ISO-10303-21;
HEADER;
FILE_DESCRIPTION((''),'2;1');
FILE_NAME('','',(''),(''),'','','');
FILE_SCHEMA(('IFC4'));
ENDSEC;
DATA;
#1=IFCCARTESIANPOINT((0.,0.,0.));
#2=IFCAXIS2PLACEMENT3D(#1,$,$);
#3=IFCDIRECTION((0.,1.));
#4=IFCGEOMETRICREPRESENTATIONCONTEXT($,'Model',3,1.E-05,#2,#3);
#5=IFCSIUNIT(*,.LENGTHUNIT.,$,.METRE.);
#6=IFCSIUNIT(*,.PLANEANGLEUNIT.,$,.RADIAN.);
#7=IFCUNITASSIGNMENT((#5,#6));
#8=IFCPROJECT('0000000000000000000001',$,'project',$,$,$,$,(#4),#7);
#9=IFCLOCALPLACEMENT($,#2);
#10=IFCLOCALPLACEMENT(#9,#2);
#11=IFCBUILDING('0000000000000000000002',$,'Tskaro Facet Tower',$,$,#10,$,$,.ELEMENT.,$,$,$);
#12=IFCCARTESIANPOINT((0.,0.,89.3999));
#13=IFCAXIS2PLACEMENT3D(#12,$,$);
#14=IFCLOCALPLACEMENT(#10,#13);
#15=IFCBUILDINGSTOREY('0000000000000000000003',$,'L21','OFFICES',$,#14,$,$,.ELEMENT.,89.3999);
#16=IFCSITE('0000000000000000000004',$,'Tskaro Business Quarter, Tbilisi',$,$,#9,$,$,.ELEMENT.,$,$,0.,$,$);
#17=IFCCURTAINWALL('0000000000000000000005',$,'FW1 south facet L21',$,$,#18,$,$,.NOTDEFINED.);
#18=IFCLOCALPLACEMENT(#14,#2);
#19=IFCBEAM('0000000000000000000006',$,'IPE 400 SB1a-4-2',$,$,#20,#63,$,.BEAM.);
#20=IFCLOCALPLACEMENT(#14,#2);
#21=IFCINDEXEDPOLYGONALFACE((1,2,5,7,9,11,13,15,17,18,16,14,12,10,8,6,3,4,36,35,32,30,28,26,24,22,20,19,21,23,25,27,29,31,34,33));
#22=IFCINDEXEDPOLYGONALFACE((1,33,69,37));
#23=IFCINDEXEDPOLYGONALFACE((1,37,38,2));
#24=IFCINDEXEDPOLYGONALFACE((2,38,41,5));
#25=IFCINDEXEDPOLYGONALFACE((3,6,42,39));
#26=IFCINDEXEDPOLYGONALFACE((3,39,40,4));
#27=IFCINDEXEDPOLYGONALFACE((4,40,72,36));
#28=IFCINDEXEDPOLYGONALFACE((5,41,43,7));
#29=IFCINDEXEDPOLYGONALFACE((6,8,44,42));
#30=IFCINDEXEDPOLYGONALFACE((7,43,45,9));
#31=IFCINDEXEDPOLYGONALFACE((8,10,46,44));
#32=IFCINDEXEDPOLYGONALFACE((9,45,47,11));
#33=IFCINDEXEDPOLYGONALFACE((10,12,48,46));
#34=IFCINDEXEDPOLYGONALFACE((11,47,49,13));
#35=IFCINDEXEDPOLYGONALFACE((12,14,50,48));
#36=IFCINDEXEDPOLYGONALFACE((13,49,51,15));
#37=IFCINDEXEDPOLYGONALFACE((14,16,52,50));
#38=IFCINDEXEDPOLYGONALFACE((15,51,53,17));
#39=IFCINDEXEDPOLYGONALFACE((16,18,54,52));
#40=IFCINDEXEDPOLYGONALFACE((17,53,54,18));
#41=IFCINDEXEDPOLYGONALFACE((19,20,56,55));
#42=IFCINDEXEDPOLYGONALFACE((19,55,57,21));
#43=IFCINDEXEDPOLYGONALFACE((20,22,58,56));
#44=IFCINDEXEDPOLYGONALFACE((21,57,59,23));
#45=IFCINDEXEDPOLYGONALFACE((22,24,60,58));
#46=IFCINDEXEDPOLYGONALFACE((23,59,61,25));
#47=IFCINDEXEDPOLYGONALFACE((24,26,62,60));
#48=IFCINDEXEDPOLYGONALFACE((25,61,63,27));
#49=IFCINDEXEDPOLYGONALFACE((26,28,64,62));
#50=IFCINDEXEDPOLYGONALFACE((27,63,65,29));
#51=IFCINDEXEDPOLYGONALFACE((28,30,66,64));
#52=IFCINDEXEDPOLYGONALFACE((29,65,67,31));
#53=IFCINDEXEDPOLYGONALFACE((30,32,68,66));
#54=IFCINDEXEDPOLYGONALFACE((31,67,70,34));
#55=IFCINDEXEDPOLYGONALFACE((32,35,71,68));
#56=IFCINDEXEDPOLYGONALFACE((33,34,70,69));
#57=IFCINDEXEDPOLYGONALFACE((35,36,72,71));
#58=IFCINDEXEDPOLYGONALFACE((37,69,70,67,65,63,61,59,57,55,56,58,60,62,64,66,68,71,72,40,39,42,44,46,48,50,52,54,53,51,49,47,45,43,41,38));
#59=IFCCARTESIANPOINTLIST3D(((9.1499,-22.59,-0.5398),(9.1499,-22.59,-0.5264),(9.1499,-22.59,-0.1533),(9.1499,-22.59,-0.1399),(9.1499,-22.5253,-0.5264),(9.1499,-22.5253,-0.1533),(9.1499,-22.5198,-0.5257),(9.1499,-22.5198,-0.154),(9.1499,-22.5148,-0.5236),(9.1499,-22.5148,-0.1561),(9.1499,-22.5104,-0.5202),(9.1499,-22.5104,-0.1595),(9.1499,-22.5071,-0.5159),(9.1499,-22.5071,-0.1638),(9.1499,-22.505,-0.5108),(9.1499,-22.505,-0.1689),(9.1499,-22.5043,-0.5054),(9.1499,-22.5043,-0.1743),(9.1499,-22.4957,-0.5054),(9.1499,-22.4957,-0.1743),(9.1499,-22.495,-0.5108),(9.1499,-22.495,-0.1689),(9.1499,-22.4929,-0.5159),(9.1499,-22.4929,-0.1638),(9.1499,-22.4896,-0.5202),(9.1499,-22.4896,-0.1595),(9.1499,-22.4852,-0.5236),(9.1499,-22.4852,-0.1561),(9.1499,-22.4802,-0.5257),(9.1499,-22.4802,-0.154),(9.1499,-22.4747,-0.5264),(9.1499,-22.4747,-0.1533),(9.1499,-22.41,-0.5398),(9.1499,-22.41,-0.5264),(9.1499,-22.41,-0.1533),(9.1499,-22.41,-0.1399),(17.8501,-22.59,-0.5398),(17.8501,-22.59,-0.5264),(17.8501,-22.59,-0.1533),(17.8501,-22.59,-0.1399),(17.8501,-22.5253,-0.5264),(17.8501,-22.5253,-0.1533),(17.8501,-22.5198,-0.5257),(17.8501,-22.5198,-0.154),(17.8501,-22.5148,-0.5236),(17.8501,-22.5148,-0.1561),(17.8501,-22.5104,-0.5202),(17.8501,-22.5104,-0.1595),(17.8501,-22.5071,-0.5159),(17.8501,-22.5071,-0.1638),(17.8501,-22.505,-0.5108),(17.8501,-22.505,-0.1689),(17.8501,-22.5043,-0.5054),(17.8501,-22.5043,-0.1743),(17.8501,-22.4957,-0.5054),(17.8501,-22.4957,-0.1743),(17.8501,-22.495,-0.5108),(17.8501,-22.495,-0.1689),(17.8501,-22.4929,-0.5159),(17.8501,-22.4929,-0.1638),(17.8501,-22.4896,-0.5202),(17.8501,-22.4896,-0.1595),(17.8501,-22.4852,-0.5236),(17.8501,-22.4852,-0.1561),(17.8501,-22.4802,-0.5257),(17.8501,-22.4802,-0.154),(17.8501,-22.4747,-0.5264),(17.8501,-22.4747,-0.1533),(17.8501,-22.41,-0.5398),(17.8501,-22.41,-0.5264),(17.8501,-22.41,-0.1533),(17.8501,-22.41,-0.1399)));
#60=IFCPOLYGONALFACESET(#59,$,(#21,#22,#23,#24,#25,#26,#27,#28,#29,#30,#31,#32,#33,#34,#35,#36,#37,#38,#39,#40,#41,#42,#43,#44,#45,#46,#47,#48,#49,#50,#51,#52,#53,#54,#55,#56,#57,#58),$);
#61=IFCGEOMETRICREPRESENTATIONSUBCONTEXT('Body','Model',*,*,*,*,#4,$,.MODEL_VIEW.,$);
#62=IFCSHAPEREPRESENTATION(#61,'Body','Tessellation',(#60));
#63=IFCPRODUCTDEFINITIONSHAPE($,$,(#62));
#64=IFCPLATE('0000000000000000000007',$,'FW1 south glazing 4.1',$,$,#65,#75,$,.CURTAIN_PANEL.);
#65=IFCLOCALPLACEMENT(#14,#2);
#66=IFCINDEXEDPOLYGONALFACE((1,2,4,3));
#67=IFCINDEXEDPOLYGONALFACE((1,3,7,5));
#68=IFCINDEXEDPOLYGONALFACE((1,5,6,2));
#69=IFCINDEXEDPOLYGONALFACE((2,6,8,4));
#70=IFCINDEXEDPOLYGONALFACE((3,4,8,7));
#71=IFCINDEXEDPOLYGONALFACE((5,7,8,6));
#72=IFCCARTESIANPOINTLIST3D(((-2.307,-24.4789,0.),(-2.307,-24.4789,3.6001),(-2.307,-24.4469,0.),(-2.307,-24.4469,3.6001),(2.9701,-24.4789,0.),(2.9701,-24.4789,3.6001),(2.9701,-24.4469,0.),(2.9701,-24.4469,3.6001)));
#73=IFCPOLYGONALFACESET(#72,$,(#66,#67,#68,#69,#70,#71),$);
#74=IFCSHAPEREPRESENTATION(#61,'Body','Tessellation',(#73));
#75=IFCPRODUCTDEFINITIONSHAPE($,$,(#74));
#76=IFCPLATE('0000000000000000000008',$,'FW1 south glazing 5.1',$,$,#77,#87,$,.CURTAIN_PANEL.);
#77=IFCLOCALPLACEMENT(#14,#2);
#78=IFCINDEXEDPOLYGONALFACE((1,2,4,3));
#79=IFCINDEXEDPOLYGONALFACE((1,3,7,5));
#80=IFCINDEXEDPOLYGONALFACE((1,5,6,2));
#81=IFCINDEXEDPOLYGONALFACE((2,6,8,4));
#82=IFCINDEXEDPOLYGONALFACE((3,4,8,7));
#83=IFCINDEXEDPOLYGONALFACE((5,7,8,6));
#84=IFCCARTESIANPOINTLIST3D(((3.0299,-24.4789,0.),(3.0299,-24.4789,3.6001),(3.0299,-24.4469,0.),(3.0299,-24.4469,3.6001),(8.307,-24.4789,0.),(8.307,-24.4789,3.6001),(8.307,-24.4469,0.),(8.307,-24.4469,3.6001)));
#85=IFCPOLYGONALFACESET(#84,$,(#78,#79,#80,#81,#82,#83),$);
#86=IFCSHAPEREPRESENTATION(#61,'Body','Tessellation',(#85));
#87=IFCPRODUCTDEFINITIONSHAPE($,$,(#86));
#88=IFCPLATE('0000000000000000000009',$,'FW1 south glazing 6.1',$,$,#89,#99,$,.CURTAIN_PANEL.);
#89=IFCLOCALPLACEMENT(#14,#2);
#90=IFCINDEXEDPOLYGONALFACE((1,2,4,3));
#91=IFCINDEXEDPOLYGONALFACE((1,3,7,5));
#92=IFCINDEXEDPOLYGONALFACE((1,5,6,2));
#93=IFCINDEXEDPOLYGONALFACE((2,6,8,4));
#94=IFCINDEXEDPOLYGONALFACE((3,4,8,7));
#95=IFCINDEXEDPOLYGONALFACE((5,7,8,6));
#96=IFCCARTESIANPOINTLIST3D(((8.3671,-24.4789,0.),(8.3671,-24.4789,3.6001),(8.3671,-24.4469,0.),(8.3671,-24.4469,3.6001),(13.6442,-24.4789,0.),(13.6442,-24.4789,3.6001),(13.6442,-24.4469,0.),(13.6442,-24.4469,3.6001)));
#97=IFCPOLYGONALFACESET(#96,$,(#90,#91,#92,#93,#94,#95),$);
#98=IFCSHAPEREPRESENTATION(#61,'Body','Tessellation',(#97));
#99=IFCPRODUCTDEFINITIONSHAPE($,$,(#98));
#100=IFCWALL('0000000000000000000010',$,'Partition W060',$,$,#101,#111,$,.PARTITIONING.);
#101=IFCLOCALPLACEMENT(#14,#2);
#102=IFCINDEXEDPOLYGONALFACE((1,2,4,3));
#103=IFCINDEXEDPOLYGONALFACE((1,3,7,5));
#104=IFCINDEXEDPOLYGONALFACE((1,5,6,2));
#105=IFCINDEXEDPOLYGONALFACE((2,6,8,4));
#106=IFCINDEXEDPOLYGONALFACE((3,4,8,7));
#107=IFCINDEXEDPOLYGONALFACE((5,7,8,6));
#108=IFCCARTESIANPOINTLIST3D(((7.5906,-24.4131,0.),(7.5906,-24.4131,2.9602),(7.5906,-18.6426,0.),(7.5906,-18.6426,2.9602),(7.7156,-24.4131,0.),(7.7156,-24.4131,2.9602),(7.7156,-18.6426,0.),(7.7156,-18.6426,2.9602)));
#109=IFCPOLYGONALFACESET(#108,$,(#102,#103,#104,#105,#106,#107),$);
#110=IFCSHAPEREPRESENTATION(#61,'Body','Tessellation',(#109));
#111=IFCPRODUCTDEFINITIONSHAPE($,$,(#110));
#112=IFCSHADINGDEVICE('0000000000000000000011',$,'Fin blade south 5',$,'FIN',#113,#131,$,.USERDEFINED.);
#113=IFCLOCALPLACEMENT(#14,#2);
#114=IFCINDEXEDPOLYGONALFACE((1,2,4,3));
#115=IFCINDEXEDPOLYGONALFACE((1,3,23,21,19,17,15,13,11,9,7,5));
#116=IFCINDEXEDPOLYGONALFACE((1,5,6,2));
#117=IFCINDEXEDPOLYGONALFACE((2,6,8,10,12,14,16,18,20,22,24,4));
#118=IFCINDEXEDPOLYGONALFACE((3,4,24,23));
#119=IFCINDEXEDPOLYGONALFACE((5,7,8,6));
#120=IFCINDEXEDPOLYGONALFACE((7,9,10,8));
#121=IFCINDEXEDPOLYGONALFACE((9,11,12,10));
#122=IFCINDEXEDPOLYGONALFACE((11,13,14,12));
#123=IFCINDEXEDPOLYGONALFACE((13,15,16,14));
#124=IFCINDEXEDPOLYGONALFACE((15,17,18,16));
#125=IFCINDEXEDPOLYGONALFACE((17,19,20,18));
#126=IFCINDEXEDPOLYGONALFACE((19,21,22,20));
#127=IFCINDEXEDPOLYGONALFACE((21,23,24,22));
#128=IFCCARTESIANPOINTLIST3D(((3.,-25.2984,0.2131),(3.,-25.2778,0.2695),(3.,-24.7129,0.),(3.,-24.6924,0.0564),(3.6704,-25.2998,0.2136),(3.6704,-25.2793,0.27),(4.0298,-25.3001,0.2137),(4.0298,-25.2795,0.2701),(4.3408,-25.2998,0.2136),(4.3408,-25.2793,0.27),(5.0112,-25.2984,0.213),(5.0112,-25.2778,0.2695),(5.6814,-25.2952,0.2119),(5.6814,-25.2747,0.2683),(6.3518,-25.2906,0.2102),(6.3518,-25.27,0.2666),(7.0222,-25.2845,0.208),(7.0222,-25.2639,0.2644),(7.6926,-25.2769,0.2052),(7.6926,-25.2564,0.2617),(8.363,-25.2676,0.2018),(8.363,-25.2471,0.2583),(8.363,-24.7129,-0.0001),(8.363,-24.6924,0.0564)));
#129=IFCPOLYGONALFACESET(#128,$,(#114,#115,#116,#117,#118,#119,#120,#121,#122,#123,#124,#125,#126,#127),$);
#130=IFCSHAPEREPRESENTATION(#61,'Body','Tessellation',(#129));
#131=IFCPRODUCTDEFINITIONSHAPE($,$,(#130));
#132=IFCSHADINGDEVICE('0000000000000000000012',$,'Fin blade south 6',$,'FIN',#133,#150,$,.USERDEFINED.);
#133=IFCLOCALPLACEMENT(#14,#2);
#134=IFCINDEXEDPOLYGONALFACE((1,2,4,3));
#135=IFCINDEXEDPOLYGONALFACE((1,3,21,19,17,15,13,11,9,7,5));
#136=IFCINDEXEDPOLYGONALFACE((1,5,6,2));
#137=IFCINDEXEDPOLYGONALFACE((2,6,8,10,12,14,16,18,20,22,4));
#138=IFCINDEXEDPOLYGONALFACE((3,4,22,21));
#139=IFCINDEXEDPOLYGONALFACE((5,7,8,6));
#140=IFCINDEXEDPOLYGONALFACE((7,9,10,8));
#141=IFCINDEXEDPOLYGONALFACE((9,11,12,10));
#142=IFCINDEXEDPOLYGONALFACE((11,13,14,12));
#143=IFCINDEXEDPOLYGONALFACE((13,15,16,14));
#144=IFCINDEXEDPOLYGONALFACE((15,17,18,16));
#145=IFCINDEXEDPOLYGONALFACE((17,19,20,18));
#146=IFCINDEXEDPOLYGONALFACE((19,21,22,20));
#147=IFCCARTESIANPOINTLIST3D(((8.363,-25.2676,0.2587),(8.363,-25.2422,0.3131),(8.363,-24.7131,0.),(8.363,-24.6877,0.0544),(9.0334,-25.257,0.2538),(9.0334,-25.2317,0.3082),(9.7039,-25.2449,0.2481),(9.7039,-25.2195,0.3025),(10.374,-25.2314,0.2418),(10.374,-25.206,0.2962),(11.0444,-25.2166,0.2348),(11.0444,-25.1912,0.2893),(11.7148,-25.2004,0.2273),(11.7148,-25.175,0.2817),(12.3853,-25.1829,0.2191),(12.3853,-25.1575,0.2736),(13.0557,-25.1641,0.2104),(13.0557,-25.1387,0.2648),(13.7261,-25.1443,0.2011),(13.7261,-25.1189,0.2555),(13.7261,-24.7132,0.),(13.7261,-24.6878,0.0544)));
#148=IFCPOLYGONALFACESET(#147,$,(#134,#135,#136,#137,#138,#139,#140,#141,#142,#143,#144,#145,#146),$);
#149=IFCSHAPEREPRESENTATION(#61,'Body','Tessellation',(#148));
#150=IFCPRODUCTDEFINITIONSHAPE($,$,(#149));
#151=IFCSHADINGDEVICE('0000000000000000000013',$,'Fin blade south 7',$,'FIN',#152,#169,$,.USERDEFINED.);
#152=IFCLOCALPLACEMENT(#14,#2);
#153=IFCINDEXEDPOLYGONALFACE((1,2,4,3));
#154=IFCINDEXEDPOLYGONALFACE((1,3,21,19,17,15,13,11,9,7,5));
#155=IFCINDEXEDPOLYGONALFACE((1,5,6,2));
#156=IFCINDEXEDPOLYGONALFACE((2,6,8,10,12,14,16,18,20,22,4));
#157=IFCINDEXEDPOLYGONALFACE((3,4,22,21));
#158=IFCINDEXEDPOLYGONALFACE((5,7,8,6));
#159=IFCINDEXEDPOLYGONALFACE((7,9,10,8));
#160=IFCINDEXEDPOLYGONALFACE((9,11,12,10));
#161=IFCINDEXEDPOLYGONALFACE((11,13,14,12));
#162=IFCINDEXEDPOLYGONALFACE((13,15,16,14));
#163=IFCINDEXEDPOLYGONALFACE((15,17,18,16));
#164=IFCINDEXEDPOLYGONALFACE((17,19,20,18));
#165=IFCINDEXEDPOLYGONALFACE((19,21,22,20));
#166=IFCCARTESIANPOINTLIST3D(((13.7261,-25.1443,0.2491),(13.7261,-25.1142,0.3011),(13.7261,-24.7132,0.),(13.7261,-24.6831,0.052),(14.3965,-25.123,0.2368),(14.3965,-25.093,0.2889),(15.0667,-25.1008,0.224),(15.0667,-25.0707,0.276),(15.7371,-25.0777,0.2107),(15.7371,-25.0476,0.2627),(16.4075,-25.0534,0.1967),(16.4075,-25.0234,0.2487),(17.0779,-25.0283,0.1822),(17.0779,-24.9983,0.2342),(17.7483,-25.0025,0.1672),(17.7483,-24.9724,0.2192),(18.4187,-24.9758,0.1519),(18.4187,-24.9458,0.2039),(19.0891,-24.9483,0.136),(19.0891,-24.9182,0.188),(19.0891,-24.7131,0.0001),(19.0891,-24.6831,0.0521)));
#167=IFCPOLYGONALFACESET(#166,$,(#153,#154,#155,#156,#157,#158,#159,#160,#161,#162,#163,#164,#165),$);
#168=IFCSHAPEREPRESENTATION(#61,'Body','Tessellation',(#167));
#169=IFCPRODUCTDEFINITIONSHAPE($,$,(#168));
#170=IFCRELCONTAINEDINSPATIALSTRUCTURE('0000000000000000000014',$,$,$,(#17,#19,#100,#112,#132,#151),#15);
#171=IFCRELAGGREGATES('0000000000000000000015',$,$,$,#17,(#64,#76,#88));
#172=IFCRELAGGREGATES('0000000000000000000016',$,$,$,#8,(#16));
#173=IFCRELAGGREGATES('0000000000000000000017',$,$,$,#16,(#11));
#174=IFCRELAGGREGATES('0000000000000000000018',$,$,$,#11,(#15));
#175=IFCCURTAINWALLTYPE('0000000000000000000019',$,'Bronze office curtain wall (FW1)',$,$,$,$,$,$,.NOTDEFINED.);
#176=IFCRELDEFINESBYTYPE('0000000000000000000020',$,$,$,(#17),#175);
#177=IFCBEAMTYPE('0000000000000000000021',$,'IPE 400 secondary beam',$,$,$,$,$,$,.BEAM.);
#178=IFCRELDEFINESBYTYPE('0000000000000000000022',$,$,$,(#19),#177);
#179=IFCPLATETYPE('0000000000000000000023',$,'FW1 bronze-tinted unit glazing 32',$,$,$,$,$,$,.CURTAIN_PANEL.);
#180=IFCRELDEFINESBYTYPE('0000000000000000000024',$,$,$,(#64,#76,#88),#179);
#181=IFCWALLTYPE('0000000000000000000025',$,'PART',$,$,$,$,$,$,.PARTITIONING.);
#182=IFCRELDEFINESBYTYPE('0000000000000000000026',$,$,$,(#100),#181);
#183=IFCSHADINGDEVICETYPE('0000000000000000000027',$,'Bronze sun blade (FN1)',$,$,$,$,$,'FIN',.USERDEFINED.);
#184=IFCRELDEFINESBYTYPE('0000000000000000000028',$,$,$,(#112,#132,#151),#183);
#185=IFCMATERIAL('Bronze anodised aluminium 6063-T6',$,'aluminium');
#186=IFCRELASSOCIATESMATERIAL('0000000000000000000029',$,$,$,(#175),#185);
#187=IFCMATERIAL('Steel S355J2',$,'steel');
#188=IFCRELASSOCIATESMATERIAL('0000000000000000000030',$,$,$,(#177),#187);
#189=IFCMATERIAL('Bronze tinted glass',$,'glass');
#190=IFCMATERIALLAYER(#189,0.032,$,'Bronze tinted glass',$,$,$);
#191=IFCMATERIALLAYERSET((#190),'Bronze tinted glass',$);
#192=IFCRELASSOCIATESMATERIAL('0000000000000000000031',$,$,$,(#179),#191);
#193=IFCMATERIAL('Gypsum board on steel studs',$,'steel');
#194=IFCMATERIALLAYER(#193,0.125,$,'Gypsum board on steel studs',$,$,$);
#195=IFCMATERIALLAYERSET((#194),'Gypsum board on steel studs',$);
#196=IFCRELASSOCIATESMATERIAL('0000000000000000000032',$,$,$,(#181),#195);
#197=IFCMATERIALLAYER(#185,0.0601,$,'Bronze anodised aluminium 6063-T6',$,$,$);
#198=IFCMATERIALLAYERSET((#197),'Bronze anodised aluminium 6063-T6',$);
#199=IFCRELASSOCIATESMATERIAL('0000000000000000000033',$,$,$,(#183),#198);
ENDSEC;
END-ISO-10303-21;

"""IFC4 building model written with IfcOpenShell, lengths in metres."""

from ifc_helpers import new_model, si_unit, direction, frame, frame_2d, origin, origin_2d, place, context, subcontext, project, spatial, polyline, rectangle, i_section, outline, extrude, material, layer, layer_set, material_profile, profile_set, type_object, element, aggregate, save


model = new_model("IFC4")

# Units and contexts
model_context = context("Model", 3, precision=1e-05, world=origin(), true_north=direction((0.0, 1.0)))
body_context = subcontext(model_context, "Body", "Model", "MODEL_VIEW")
ifc_project = project(units=[si_unit("LENGTHUNIT", "METRE"), si_unit("PLANEANGLEUNIT", "RADIAN")], contexts=[model_context])

# Site, building, storey
site_placement = place(None, origin())
site = spatial("IfcSite", under=ifc_project, at=site_placement, Name="Tskaro Business Quarter, Tbilisi", CompositionType="ELEMENT", RefElevation=0.0)
building_placement = place(site_placement, origin())
building = spatial("IfcBuilding", under=site, at=building_placement, Name="Tskaro Facet Tower", CompositionType="ELEMENT")
storey_placement = place(building_placement, frame((0.0, 0.0, 89.3999)))
storey = spatial("IfcBuildingStorey", under=building, at=storey_placement, Name="L21", Description="OFFICES", CompositionType="ELEMENT", Elevation=89.3999)

# Curtain wall
ifc_material_1 = material(Name="Bronze anodised aluminium 6063-T6", Category="aluminium")
curtain_wall_type = type_object("IfcCurtainWallType", Name="Bronze office curtain wall (FW1)", PredefinedType="NOTDEFINED", material=ifc_material_1)
curtain_wall_placement = place(storey_placement, origin())
curtain_wall = element("IfcCurtainWall", 1, at=curtain_wall_placement, inside=storey, type_object=curtain_wall_type, Name="FW1 south facet L21", PredefinedType="NOTDEFINED")

# Beam
ifc_material_2 = material(Name="Steel S355J2", Category="steel")
ifc_material_profile_1 = material_profile(ifc_material_2, i_section(OverallWidth=0.1799, OverallDepth=0.3999, WebThickness=0.0085, FlangeThickness=0.0134, FilletRadius=0.021, at=origin_2d()), Name="IPE 400")
ifc_profile_set_1 = profile_set([ifc_material_profile_1], Name="Steel S355J2")
beam_type_1 = type_object("IfcBeamType", Name="IPE 400 secondary beam", PredefinedType="BEAM", material=ifc_profile_set_1)
for number, where, z_axis, x_axis, name in (
    (2, (9.1499, -22.5, -0.3398), (1.0, 0.0, 0.0), (0.0, 1.0, 0.0), "IPE 400 SB1a-4-2"),
):
    element("IfcBeam", number, at=place(storey_placement, frame(where, z_axis=z_axis, x_axis=x_axis)), inside=storey, type_object=beam_type_1, Name=name, PredefinedType="BEAM", context=body_context, shape_type="SweptSolid", body=[
        extrude(i_section(OverallWidth=0.1799, OverallDepth=0.3999, WebThickness=0.0085, FlangeThickness=0.0134, FilletRadius=0.021, at=origin_2d()), origin(), (0.0, 0.0, 1.0), 8.7002),
    ])

# Plates
ifc_material_3 = material(Name="Bronze tinted glass", Category="glass")
ifc_layer_1 = layer(ifc_material_3, 0.032, Name="Bronze tinted glass")
ifc_layer_set_1 = layer_set([ifc_layer_1], Name="Bronze tinted glass")
plate_type = type_object("IfcPlateType", Name="FW1 bronze-tinted unit glazing 32", PredefinedType="CURTAIN_PANEL", material=ifc_layer_set_1)
plate_1_placement = place(storey_placement, frame((0.3315, -24.4629, 0.0), z_axis=(0.0, 0.0, 1.0), x_axis=(1.0, 0.0, 0.0)))
plate_1 = element("IfcPlate", 3, at=plate_1_placement, type_object=plate_type, Name="FW1 south glazing 4.1", PredefinedType="CURTAIN_PANEL", context=body_context, shape_type="SweptSolid", body=[
    extrude(rectangle(XDim=5.2771, YDim=0.032, at=origin_2d()), origin(), (0.0, 0.0, 1.0), 3.6001),
])
plate_2_placement = place(storey_placement, frame((5.6685, -24.4629, 0.0), z_axis=(0.0, 0.0, 1.0), x_axis=(1.0, 0.0, 0.0)))
plate_2 = element("IfcPlate", 4, at=plate_2_placement, type_object=plate_type, Name="FW1 south glazing 5.1", PredefinedType="CURTAIN_PANEL", context=body_context, shape_type="SweptSolid", body=[
    extrude(rectangle(XDim=5.2771, YDim=0.032, at=origin_2d()), origin(), (0.0, 0.0, 1.0), 3.6001),
])
plate_3_placement = place(storey_placement, frame((11.0056, -24.4629, 0.0), z_axis=(0.0, 0.0, 1.0), x_axis=(1.0, 0.0, 0.0)))
plate_3 = element("IfcPlate", 5, at=plate_3_placement, type_object=plate_type, Name="FW1 south glazing 6.1", PredefinedType="CURTAIN_PANEL", context=body_context, shape_type="SweptSolid", body=[
    extrude(rectangle(XDim=5.2771, YDim=0.032, at=origin_2d()), origin(), (0.0, 0.0, 1.0), 3.6001),
])
aggregate(curtain_wall, [plate_1, plate_2, plate_3])

# Wall
ifc_material_4 = material(Name="Gypsum board on steel studs", Category="steel")
ifc_layer_2 = layer(ifc_material_4, 0.125, Name="Gypsum board on steel studs")
ifc_layer_set_2 = layer_set([ifc_layer_2], Name="Gypsum board on steel studs")
wall_type = type_object("IfcWallType", Name="PART", PredefinedType="PARTITIONING", material=ifc_layer_set_2)
wall_placement = place(storey_placement, frame((7.6531, -24.4131, 0.0), z_axis=(0.0, 0.0, 1.0), x_axis=(0.0, 1.0, 0.0)))
element("IfcWall", 6, at=wall_placement, inside=storey, type_object=wall_type, Name="Partition W060", PredefinedType="PARTITIONING", context=body_context, shape_type="SweptSolid", body=[
    extrude(rectangle(XDim=5.7705, YDim=0.125, at=frame_2d((2.8853, 0.0))), origin(), (0.0, 0.0, 1.0), 2.9602),
])

# Shading devices
ifc_layer_3 = layer(ifc_material_1, 0.0601, Name="Bronze anodised aluminium 6063-T6")
ifc_layer_set_3 = layer_set([ifc_layer_3], Name="Bronze anodised aluminium 6063-T6")
shading_device_type = type_object("IfcShadingDeviceType", Name="Bronze sun blade (FN1)", ElementType="FIN", PredefinedType="USERDEFINED", material=ifc_layer_set_3)
shading_device_1_placement = place(storey_placement, frame((3.0, -24.6924, 0.0564), z_axis=(0.000003, 0.342026, 0.939691), x_axis=(1.0, -0.000001, -0.000003)))
element("IfcShadingDevice", 7, at=shading_device_1_placement, inside=storey, type_object=shading_device_type, Name="Fin blade south 5", ObjectType="FIN", PredefinedType="USERDEFINED", context=body_context, shape_type="SweptSolid", body=[
    extrude(outline(polyline([(0.0, 0.0), (5.363, 0.0), (5.363, -0.5903), (4.6926, -0.6002), (4.0222, -0.6082), (3.3518, -0.6147), (2.6814, -0.6196), (2.0112, -0.623), (1.3408, -0.6246), (1.0298, -0.6248), (0.6704, -0.6246), (0.0, -0.623), (0.0, 0.0)])), origin(), (0.0, 0.0, -1.0), 0.0601),
])
shading_device_2_placement = place(storey_placement, frame((8.363, -24.6877, 0.0544), z_axis=(0.00001, 0.422778, 0.906233), x_axis=(1.0, -0.000004, -0.000009)))
element("IfcShadingDevice", 8, at=shading_device_2_placement, inside=storey, type_object=shading_device_type, Name="Fin blade south 6", ObjectType="FIN", PredefinedType="USERDEFINED", context=body_context, shape_type="SweptSolid", body=[
    extrude(outline(polyline([(0.0, 0.0), (5.363, 0.0), (5.363, -0.4758), (4.6926, -0.4976), (4.0222, -0.5184), (3.3518, -0.5377), (2.6814, -0.5555), (2.011, -0.5719), (1.3408, -0.5867), (0.6704, -0.6002), (0.0, -0.6119), (0.0, 0.0)])), origin(), (0.0, 0.0, -1.0), 0.0601),
])
shading_device_3_placement = place(storey_placement, frame((13.7261, -24.6831, 0.052), z_axis=(-0.000018, 0.50029, 0.865858), x_axis=(1.0, 0.000009, 0.000016)))
element("IfcShadingDevice", 9, at=shading_device_3_placement, inside=storey, type_object=shading_device_type, Name="Fin blade south 7", ObjectType="FIN", PredefinedType="USERDEFINED", context=body_context, shape_type="SweptSolid", body=[
    extrude(outline(polyline([(0.0, 0.0), (5.363, 0.0), (5.363, -0.2716), (4.6926, -0.3034), (4.0222, -0.3342), (3.3518, -0.364), (2.6814, -0.393), (2.011, -0.421), (1.3406, -0.4477), (0.6704, -0.4734), (0.0, -0.4979), (0.0, 0.0)])), origin(), (0.0, 0.0, -1.0), 0.0601),
])

save(model, "model.ifc")
